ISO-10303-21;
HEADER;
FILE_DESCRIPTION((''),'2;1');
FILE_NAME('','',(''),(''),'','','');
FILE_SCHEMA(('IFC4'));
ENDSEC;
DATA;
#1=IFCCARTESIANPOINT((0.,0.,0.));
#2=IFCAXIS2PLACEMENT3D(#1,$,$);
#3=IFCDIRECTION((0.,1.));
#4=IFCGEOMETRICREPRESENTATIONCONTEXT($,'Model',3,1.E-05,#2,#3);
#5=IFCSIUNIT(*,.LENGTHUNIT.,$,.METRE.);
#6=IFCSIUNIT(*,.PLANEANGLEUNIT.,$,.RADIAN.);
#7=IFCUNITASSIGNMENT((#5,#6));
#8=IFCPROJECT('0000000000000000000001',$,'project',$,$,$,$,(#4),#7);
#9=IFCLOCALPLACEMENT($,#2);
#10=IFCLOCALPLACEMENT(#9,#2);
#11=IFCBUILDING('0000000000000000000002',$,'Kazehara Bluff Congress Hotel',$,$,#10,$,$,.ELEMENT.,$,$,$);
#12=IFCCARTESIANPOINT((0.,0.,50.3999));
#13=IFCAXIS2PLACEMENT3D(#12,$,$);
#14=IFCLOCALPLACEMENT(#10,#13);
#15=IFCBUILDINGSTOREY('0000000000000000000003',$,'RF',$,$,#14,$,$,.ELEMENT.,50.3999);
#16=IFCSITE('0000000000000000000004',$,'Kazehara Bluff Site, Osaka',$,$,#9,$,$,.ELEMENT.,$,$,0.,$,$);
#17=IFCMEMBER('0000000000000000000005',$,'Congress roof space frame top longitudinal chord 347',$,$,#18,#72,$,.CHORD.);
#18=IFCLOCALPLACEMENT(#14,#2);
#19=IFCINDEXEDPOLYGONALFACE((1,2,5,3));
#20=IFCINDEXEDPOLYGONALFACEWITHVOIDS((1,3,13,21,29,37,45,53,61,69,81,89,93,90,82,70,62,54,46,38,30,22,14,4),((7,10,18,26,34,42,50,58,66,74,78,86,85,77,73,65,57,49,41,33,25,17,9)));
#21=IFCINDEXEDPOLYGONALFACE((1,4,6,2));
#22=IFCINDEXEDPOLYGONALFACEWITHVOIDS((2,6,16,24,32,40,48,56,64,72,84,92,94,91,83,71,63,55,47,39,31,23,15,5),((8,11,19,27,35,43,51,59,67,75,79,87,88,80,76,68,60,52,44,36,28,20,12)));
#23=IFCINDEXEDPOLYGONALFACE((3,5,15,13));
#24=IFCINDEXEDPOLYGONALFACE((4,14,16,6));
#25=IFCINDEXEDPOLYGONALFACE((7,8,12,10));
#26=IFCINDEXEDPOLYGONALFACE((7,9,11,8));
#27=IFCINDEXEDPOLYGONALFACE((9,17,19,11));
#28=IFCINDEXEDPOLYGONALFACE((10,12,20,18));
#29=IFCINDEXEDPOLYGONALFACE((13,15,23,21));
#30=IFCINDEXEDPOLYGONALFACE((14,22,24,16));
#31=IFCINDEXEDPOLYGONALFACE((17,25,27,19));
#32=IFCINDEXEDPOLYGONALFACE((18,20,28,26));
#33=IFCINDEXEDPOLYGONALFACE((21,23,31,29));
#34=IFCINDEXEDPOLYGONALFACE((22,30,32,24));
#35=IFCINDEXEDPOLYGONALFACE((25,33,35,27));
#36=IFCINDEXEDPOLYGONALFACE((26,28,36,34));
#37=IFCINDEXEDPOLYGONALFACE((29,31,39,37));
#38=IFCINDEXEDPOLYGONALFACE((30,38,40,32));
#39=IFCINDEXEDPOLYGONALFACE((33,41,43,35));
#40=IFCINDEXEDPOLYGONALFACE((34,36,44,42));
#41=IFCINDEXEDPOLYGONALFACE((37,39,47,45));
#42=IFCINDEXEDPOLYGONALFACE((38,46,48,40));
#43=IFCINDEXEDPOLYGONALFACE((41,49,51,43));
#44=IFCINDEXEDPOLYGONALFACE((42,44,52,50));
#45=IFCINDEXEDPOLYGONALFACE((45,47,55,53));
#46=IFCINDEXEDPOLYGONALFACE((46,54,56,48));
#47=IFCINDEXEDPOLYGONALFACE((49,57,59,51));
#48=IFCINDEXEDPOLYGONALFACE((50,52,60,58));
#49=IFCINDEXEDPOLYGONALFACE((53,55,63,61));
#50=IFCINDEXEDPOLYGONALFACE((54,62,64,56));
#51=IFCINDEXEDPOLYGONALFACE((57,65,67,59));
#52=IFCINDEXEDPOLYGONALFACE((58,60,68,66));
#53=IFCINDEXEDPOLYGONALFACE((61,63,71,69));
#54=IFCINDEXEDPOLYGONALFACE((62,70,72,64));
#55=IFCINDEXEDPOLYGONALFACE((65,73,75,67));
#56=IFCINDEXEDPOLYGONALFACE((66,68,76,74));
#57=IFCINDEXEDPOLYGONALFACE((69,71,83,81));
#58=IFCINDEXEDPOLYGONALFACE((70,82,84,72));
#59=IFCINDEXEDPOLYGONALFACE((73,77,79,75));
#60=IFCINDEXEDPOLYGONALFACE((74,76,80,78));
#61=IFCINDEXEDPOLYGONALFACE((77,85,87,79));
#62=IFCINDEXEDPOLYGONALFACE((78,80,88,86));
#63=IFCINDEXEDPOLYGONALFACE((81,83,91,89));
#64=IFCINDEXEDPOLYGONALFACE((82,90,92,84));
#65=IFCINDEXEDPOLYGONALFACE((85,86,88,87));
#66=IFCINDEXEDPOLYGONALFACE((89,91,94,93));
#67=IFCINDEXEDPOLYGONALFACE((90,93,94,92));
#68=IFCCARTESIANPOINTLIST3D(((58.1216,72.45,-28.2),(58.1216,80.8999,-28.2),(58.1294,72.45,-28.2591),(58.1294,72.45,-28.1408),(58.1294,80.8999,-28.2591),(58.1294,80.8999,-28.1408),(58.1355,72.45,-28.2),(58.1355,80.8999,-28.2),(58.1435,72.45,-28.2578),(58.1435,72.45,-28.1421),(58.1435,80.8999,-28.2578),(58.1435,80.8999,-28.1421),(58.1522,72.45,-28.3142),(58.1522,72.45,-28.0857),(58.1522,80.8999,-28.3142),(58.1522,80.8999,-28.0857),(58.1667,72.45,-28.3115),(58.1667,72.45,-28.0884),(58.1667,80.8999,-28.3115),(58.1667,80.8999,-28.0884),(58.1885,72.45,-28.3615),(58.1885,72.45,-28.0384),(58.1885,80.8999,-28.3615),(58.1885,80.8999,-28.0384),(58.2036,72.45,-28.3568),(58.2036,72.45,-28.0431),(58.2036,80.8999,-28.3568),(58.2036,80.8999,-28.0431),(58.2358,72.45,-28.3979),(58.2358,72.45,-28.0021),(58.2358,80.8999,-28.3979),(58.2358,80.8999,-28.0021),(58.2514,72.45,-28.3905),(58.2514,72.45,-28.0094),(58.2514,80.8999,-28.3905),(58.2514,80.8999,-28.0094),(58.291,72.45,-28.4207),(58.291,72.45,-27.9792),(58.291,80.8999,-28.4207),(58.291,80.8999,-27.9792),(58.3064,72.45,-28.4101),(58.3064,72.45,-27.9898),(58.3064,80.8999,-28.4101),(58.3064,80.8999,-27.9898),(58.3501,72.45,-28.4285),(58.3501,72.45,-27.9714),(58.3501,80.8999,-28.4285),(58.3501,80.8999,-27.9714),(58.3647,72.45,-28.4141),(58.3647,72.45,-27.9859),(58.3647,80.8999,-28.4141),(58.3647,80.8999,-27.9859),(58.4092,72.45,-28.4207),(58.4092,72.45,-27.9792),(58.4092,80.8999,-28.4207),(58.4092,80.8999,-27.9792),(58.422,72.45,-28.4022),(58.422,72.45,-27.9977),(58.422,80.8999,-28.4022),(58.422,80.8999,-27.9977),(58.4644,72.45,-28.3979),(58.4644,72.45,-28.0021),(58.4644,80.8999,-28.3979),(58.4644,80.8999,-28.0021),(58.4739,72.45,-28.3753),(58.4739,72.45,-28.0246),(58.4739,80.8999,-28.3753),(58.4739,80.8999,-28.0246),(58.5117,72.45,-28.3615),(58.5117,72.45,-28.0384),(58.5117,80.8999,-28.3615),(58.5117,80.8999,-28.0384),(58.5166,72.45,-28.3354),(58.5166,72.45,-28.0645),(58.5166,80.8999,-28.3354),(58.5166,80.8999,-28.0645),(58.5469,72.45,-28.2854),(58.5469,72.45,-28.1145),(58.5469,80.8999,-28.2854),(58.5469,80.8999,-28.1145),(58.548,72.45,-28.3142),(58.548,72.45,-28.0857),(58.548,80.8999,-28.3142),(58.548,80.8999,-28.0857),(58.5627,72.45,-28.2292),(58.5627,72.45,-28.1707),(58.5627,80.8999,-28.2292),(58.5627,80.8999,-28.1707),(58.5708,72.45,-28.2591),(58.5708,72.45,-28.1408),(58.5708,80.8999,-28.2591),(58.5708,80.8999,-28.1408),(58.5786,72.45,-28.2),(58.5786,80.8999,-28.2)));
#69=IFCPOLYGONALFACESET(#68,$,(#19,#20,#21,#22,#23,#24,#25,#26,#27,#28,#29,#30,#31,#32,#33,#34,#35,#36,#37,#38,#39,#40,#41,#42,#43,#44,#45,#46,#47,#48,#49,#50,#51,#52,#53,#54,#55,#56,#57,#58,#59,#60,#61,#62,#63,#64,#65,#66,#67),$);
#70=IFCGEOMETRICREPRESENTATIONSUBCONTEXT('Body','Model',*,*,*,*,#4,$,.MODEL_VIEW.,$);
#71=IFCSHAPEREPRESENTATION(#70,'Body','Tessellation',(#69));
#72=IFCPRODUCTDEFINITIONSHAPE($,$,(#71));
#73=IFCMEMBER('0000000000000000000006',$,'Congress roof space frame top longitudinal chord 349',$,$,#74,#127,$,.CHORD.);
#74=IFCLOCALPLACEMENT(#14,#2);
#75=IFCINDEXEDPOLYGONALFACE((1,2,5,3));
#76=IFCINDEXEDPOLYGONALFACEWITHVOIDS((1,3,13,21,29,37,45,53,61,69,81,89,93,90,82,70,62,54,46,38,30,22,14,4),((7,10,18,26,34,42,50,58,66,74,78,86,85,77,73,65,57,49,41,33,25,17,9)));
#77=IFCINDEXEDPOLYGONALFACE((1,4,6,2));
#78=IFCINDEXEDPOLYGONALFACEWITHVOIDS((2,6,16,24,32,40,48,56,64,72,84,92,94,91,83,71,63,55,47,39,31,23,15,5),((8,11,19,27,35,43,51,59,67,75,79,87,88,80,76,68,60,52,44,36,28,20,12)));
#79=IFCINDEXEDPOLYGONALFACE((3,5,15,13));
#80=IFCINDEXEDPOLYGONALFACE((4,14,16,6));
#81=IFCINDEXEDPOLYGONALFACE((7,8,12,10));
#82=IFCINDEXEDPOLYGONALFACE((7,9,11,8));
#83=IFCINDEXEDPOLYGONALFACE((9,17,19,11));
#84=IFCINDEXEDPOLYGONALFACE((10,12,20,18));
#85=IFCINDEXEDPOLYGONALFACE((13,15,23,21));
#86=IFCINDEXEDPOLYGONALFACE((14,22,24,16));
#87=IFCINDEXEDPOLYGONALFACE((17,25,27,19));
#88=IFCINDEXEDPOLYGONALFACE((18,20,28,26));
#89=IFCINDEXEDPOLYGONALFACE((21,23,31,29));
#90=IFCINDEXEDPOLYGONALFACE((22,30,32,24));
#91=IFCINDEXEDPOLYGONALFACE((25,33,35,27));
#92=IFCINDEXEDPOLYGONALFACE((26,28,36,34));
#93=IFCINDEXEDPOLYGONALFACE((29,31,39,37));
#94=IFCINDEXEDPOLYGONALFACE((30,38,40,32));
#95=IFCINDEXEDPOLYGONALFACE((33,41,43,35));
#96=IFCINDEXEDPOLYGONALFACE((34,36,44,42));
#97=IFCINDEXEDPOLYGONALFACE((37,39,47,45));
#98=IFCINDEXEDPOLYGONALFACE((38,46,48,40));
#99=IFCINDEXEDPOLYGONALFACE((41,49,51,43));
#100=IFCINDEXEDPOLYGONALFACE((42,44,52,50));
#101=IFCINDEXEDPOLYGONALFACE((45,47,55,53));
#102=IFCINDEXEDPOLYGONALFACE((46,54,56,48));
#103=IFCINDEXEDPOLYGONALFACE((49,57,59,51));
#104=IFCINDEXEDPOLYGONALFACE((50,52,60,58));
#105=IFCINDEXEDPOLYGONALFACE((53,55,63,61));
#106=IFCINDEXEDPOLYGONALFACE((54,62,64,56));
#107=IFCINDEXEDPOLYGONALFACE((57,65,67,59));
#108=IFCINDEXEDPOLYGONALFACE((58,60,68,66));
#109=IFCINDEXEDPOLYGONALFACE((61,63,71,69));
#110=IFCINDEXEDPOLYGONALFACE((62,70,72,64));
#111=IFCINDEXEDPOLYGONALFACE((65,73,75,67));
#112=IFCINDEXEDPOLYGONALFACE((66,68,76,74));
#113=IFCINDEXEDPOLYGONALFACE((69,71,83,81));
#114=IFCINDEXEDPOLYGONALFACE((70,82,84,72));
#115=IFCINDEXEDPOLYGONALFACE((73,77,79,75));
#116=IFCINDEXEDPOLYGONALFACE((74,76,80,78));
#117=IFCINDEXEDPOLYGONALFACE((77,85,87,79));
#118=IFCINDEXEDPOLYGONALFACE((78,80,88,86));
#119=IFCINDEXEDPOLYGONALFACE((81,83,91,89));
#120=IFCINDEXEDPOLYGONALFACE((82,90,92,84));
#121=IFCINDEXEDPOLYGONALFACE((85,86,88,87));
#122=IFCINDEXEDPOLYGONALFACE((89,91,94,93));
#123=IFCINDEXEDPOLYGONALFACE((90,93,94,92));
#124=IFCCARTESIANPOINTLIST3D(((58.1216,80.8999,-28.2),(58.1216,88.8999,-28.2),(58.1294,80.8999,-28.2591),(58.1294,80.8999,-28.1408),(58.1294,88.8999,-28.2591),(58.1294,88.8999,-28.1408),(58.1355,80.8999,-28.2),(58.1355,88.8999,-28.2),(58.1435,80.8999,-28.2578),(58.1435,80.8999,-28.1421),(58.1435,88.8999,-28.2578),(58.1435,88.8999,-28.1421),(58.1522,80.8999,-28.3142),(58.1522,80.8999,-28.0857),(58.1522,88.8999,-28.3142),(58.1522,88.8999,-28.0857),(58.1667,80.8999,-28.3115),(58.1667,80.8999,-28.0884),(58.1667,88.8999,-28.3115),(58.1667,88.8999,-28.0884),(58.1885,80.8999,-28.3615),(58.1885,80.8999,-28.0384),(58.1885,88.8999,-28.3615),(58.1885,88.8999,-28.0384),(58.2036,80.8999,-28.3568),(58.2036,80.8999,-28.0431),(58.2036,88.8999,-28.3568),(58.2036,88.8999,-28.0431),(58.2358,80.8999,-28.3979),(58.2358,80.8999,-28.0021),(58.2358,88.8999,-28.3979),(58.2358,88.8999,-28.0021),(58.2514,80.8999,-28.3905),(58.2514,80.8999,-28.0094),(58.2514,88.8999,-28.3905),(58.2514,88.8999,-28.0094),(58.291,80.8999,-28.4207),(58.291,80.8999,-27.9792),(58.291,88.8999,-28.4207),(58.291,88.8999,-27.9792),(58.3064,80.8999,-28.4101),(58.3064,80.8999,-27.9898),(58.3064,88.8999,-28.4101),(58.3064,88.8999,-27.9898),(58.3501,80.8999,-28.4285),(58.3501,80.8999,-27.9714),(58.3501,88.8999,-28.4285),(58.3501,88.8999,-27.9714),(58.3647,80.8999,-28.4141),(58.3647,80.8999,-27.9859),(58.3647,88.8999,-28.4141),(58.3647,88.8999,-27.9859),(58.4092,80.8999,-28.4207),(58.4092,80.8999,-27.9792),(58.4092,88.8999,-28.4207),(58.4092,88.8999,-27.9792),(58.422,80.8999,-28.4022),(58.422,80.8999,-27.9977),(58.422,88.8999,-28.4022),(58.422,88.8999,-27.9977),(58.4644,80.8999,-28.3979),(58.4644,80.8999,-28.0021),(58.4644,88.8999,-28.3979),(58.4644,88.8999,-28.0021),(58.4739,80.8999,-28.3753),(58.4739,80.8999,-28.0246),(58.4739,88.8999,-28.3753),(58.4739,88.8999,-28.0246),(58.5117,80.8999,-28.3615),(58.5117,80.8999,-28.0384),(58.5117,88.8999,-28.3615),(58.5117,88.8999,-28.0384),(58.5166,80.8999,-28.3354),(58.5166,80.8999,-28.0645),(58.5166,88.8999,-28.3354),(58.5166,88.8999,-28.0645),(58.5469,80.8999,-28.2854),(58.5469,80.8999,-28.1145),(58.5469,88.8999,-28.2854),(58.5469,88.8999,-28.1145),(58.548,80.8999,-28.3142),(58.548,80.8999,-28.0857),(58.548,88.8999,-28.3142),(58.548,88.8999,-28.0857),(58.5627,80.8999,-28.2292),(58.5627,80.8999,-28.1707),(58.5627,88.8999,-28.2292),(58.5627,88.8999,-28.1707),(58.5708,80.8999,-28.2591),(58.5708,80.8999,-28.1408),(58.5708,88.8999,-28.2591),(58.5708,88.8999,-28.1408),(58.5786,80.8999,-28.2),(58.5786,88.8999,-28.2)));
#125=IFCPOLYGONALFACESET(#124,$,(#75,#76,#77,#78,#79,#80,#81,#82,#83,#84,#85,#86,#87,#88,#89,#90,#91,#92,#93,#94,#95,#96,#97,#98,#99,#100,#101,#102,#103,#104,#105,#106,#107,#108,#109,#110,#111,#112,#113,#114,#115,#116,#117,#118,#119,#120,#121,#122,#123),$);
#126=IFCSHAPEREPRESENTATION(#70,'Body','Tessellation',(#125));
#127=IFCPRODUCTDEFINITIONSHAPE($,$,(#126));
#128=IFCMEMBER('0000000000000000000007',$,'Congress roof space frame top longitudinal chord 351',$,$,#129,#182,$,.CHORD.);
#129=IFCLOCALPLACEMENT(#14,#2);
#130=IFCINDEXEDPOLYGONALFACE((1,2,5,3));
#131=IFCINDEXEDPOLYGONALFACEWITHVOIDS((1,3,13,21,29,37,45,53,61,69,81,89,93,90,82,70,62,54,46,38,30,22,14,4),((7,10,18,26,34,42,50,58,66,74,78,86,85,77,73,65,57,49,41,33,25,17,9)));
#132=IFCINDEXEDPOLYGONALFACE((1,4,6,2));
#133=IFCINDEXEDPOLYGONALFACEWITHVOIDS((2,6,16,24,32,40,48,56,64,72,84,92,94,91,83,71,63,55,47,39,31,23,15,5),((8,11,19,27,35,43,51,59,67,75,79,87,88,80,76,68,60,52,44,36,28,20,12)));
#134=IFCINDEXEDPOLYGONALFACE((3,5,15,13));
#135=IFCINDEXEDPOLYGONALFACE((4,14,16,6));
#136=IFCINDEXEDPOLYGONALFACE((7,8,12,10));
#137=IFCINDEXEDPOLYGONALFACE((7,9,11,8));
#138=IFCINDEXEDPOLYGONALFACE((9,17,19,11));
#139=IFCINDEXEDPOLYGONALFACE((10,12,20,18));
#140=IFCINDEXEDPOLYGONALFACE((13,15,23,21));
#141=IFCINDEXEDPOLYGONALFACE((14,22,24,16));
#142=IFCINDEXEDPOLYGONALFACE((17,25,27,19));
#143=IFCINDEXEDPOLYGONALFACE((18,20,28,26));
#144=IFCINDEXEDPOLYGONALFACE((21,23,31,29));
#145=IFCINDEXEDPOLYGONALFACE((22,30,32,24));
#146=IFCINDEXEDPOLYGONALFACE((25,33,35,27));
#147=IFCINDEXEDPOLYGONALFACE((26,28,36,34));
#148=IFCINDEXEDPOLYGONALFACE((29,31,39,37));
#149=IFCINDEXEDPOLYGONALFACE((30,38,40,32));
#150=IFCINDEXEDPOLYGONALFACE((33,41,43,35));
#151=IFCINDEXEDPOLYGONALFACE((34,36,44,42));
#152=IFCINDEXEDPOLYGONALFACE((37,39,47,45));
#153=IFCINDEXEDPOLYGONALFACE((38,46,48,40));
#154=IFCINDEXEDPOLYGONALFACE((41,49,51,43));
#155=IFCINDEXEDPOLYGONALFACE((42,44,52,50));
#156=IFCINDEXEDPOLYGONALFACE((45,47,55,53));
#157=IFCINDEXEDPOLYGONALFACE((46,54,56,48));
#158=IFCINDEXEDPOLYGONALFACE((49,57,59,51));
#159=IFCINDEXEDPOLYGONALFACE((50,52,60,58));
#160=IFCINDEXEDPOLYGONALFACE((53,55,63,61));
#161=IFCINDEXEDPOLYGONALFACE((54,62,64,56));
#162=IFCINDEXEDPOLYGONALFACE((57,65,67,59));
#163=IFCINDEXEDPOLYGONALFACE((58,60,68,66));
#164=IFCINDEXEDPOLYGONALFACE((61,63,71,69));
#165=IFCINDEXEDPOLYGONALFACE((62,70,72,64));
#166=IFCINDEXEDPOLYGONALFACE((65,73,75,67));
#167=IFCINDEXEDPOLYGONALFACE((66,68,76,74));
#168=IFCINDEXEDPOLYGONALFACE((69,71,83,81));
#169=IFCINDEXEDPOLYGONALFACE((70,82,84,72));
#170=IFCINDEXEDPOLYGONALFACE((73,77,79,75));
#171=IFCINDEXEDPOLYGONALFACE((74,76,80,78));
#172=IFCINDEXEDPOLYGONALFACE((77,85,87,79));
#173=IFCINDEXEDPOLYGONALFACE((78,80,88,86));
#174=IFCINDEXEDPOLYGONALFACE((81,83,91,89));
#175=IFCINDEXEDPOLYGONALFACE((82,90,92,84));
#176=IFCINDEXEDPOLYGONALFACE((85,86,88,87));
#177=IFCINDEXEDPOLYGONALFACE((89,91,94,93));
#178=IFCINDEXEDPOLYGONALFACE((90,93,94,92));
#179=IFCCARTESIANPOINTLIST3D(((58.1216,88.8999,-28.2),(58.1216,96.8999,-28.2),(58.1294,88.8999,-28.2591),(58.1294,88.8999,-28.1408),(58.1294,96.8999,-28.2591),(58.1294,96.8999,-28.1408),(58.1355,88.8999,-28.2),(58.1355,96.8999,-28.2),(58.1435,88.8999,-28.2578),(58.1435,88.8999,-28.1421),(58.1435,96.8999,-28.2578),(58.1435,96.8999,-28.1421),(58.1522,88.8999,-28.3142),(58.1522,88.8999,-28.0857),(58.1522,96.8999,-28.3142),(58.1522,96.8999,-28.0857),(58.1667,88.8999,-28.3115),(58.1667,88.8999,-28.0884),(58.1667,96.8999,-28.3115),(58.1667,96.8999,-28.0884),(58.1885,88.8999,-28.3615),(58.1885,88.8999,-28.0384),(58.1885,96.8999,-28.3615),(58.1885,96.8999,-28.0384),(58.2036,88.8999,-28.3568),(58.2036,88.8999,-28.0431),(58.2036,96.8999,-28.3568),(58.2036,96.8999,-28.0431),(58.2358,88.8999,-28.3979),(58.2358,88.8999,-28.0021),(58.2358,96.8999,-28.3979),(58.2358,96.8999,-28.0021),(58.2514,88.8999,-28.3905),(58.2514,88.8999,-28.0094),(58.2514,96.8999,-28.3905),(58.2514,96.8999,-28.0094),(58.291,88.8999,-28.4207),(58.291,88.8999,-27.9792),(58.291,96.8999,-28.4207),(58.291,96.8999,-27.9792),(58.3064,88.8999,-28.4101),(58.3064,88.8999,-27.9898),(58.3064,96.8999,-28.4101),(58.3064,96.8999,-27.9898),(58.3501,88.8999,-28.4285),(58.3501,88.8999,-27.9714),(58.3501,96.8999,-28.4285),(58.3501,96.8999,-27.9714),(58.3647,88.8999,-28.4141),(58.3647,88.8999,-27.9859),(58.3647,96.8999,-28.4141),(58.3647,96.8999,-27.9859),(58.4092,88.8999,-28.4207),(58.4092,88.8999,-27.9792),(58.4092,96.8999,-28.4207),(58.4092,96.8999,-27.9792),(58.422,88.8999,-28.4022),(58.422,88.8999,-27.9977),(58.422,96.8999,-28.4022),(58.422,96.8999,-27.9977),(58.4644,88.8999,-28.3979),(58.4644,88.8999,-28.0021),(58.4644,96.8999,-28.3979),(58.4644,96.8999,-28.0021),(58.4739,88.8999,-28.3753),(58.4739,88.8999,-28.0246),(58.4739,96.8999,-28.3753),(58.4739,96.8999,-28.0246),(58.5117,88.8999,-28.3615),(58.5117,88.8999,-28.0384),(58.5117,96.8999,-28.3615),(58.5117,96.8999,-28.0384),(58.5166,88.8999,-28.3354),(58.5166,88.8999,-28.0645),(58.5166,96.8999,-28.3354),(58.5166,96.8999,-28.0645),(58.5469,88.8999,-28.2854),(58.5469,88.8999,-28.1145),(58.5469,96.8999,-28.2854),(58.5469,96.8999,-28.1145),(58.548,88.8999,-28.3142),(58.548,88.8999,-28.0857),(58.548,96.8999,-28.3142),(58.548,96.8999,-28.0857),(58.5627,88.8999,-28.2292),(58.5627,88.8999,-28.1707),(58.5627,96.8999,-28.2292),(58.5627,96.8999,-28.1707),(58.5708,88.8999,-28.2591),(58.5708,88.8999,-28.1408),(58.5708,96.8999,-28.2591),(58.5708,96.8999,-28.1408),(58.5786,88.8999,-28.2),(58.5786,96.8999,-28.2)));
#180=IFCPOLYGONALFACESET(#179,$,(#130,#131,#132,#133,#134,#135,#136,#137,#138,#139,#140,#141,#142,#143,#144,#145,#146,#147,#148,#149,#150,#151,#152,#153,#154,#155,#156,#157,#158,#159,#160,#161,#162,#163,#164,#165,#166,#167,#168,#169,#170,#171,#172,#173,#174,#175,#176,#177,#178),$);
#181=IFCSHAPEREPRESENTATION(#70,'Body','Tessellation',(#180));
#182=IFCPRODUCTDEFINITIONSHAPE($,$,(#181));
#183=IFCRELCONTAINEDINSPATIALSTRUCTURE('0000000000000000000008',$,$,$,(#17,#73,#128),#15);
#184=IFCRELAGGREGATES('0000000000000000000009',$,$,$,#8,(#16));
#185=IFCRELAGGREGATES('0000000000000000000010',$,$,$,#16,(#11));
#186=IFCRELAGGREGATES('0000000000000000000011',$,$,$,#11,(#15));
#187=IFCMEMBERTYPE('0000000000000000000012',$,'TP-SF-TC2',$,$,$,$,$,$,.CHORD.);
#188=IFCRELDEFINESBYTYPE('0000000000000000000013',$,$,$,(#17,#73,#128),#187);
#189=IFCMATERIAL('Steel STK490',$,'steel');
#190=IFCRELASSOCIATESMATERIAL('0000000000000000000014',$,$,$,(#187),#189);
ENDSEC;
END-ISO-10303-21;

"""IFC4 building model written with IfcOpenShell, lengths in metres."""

from ifc_helpers import new_model, si_unit, direction, frame, origin, origin_2d, place, context, subcontext, project, spatial, hollow_circle, extrude, material, material_profile, profile_set, type_object, element, save


model = new_model("IFC4")

# Units and contexts
model_context = context("Model", 3, precision=1e-05, world=origin(), true_north=direction((0.0, 1.0)))
body_context = subcontext(model_context, "Body", "Model", "MODEL_VIEW")
ifc_project = project(units=[si_unit("LENGTHUNIT", "METRE"), si_unit("PLANEANGLEUNIT", "RADIAN")], contexts=[model_context])

# Site, building, storey
site_placement = place(None, origin())
site = spatial("IfcSite", under=ifc_project, at=site_placement, Name="Kazehara Bluff Site, Osaka", CompositionType="ELEMENT", RefElevation=0.0)
building_placement = place(site_placement, origin())
building = spatial("IfcBuilding", under=site, at=building_placement, Name="Kazehara Bluff Congress Hotel", CompositionType="ELEMENT")
storey_placement = place(building_placement, frame((0.0, 0.0, 50.3999)))
storey = spatial("IfcBuildingStorey", under=building, at=storey_placement, Name="RF", CompositionType="ELEMENT", Elevation=50.3999)

# Members
ifc_material_1 = material(Name="Steel STK490", Category="steel")
ifc_material_profile_1 = material_profile(ifc_material_1, hollow_circle(Radius=0.2285, WallThickness=0.0139, at=origin_2d()))
ifc_profile_set_1 = profile_set([ifc_material_profile_1], Name="Steel STK490")
member_type_1 = type_object("IfcMemberType", Name="TP-SF-TC2", PredefinedType="CHORD", material=ifc_profile_set_1)
member_1_placement = place(storey_placement, frame((58.3501, 72.45, -28.2), z_axis=(0.0, 1.0, 0.0), x_axis=(-1.0, 0.0, 0.0)))
element("IfcMember", 1, at=member_1_placement, inside=storey, type_object=member_type_1, Name="Congress roof space frame top longitudinal chord 347", PredefinedType="CHORD", context=body_context, shape_type="SweptSolid", body=[
    extrude(hollow_circle(Radius=0.2285, WallThickness=0.0139, at=origin_2d()), origin(), (0.0, 0.0, 1.0), 8.45),
])
for number, where, z_axis, x_axis, name in (
    (2, (58.3501, 80.8999, -28.2), (0.0, 1.0, 0.0), (-1.0, 0.0, 0.0), "Congress roof space frame top longitudinal chord 349"),
    (3, (58.3501, 88.8999, -28.2), (0.0, 1.0, 0.0), (-1.0, 0.0, 0.0), "Congress roof space frame top longitudinal chord 351"),
):
    element("IfcMember", number, at=place(storey_placement, frame(where, z_axis=z_axis, x_axis=x_axis)), inside=storey, type_object=member_type_1, Name=name, PredefinedType="CHORD", context=body_context, shape_type="SweptSolid", body=[
        extrude(hollow_circle(Radius=0.2285, WallThickness=0.0139, at=origin_2d()), origin(), (0.0, 0.0, 1.0), 8.0),
    ])

save(model, "model.ifc")
